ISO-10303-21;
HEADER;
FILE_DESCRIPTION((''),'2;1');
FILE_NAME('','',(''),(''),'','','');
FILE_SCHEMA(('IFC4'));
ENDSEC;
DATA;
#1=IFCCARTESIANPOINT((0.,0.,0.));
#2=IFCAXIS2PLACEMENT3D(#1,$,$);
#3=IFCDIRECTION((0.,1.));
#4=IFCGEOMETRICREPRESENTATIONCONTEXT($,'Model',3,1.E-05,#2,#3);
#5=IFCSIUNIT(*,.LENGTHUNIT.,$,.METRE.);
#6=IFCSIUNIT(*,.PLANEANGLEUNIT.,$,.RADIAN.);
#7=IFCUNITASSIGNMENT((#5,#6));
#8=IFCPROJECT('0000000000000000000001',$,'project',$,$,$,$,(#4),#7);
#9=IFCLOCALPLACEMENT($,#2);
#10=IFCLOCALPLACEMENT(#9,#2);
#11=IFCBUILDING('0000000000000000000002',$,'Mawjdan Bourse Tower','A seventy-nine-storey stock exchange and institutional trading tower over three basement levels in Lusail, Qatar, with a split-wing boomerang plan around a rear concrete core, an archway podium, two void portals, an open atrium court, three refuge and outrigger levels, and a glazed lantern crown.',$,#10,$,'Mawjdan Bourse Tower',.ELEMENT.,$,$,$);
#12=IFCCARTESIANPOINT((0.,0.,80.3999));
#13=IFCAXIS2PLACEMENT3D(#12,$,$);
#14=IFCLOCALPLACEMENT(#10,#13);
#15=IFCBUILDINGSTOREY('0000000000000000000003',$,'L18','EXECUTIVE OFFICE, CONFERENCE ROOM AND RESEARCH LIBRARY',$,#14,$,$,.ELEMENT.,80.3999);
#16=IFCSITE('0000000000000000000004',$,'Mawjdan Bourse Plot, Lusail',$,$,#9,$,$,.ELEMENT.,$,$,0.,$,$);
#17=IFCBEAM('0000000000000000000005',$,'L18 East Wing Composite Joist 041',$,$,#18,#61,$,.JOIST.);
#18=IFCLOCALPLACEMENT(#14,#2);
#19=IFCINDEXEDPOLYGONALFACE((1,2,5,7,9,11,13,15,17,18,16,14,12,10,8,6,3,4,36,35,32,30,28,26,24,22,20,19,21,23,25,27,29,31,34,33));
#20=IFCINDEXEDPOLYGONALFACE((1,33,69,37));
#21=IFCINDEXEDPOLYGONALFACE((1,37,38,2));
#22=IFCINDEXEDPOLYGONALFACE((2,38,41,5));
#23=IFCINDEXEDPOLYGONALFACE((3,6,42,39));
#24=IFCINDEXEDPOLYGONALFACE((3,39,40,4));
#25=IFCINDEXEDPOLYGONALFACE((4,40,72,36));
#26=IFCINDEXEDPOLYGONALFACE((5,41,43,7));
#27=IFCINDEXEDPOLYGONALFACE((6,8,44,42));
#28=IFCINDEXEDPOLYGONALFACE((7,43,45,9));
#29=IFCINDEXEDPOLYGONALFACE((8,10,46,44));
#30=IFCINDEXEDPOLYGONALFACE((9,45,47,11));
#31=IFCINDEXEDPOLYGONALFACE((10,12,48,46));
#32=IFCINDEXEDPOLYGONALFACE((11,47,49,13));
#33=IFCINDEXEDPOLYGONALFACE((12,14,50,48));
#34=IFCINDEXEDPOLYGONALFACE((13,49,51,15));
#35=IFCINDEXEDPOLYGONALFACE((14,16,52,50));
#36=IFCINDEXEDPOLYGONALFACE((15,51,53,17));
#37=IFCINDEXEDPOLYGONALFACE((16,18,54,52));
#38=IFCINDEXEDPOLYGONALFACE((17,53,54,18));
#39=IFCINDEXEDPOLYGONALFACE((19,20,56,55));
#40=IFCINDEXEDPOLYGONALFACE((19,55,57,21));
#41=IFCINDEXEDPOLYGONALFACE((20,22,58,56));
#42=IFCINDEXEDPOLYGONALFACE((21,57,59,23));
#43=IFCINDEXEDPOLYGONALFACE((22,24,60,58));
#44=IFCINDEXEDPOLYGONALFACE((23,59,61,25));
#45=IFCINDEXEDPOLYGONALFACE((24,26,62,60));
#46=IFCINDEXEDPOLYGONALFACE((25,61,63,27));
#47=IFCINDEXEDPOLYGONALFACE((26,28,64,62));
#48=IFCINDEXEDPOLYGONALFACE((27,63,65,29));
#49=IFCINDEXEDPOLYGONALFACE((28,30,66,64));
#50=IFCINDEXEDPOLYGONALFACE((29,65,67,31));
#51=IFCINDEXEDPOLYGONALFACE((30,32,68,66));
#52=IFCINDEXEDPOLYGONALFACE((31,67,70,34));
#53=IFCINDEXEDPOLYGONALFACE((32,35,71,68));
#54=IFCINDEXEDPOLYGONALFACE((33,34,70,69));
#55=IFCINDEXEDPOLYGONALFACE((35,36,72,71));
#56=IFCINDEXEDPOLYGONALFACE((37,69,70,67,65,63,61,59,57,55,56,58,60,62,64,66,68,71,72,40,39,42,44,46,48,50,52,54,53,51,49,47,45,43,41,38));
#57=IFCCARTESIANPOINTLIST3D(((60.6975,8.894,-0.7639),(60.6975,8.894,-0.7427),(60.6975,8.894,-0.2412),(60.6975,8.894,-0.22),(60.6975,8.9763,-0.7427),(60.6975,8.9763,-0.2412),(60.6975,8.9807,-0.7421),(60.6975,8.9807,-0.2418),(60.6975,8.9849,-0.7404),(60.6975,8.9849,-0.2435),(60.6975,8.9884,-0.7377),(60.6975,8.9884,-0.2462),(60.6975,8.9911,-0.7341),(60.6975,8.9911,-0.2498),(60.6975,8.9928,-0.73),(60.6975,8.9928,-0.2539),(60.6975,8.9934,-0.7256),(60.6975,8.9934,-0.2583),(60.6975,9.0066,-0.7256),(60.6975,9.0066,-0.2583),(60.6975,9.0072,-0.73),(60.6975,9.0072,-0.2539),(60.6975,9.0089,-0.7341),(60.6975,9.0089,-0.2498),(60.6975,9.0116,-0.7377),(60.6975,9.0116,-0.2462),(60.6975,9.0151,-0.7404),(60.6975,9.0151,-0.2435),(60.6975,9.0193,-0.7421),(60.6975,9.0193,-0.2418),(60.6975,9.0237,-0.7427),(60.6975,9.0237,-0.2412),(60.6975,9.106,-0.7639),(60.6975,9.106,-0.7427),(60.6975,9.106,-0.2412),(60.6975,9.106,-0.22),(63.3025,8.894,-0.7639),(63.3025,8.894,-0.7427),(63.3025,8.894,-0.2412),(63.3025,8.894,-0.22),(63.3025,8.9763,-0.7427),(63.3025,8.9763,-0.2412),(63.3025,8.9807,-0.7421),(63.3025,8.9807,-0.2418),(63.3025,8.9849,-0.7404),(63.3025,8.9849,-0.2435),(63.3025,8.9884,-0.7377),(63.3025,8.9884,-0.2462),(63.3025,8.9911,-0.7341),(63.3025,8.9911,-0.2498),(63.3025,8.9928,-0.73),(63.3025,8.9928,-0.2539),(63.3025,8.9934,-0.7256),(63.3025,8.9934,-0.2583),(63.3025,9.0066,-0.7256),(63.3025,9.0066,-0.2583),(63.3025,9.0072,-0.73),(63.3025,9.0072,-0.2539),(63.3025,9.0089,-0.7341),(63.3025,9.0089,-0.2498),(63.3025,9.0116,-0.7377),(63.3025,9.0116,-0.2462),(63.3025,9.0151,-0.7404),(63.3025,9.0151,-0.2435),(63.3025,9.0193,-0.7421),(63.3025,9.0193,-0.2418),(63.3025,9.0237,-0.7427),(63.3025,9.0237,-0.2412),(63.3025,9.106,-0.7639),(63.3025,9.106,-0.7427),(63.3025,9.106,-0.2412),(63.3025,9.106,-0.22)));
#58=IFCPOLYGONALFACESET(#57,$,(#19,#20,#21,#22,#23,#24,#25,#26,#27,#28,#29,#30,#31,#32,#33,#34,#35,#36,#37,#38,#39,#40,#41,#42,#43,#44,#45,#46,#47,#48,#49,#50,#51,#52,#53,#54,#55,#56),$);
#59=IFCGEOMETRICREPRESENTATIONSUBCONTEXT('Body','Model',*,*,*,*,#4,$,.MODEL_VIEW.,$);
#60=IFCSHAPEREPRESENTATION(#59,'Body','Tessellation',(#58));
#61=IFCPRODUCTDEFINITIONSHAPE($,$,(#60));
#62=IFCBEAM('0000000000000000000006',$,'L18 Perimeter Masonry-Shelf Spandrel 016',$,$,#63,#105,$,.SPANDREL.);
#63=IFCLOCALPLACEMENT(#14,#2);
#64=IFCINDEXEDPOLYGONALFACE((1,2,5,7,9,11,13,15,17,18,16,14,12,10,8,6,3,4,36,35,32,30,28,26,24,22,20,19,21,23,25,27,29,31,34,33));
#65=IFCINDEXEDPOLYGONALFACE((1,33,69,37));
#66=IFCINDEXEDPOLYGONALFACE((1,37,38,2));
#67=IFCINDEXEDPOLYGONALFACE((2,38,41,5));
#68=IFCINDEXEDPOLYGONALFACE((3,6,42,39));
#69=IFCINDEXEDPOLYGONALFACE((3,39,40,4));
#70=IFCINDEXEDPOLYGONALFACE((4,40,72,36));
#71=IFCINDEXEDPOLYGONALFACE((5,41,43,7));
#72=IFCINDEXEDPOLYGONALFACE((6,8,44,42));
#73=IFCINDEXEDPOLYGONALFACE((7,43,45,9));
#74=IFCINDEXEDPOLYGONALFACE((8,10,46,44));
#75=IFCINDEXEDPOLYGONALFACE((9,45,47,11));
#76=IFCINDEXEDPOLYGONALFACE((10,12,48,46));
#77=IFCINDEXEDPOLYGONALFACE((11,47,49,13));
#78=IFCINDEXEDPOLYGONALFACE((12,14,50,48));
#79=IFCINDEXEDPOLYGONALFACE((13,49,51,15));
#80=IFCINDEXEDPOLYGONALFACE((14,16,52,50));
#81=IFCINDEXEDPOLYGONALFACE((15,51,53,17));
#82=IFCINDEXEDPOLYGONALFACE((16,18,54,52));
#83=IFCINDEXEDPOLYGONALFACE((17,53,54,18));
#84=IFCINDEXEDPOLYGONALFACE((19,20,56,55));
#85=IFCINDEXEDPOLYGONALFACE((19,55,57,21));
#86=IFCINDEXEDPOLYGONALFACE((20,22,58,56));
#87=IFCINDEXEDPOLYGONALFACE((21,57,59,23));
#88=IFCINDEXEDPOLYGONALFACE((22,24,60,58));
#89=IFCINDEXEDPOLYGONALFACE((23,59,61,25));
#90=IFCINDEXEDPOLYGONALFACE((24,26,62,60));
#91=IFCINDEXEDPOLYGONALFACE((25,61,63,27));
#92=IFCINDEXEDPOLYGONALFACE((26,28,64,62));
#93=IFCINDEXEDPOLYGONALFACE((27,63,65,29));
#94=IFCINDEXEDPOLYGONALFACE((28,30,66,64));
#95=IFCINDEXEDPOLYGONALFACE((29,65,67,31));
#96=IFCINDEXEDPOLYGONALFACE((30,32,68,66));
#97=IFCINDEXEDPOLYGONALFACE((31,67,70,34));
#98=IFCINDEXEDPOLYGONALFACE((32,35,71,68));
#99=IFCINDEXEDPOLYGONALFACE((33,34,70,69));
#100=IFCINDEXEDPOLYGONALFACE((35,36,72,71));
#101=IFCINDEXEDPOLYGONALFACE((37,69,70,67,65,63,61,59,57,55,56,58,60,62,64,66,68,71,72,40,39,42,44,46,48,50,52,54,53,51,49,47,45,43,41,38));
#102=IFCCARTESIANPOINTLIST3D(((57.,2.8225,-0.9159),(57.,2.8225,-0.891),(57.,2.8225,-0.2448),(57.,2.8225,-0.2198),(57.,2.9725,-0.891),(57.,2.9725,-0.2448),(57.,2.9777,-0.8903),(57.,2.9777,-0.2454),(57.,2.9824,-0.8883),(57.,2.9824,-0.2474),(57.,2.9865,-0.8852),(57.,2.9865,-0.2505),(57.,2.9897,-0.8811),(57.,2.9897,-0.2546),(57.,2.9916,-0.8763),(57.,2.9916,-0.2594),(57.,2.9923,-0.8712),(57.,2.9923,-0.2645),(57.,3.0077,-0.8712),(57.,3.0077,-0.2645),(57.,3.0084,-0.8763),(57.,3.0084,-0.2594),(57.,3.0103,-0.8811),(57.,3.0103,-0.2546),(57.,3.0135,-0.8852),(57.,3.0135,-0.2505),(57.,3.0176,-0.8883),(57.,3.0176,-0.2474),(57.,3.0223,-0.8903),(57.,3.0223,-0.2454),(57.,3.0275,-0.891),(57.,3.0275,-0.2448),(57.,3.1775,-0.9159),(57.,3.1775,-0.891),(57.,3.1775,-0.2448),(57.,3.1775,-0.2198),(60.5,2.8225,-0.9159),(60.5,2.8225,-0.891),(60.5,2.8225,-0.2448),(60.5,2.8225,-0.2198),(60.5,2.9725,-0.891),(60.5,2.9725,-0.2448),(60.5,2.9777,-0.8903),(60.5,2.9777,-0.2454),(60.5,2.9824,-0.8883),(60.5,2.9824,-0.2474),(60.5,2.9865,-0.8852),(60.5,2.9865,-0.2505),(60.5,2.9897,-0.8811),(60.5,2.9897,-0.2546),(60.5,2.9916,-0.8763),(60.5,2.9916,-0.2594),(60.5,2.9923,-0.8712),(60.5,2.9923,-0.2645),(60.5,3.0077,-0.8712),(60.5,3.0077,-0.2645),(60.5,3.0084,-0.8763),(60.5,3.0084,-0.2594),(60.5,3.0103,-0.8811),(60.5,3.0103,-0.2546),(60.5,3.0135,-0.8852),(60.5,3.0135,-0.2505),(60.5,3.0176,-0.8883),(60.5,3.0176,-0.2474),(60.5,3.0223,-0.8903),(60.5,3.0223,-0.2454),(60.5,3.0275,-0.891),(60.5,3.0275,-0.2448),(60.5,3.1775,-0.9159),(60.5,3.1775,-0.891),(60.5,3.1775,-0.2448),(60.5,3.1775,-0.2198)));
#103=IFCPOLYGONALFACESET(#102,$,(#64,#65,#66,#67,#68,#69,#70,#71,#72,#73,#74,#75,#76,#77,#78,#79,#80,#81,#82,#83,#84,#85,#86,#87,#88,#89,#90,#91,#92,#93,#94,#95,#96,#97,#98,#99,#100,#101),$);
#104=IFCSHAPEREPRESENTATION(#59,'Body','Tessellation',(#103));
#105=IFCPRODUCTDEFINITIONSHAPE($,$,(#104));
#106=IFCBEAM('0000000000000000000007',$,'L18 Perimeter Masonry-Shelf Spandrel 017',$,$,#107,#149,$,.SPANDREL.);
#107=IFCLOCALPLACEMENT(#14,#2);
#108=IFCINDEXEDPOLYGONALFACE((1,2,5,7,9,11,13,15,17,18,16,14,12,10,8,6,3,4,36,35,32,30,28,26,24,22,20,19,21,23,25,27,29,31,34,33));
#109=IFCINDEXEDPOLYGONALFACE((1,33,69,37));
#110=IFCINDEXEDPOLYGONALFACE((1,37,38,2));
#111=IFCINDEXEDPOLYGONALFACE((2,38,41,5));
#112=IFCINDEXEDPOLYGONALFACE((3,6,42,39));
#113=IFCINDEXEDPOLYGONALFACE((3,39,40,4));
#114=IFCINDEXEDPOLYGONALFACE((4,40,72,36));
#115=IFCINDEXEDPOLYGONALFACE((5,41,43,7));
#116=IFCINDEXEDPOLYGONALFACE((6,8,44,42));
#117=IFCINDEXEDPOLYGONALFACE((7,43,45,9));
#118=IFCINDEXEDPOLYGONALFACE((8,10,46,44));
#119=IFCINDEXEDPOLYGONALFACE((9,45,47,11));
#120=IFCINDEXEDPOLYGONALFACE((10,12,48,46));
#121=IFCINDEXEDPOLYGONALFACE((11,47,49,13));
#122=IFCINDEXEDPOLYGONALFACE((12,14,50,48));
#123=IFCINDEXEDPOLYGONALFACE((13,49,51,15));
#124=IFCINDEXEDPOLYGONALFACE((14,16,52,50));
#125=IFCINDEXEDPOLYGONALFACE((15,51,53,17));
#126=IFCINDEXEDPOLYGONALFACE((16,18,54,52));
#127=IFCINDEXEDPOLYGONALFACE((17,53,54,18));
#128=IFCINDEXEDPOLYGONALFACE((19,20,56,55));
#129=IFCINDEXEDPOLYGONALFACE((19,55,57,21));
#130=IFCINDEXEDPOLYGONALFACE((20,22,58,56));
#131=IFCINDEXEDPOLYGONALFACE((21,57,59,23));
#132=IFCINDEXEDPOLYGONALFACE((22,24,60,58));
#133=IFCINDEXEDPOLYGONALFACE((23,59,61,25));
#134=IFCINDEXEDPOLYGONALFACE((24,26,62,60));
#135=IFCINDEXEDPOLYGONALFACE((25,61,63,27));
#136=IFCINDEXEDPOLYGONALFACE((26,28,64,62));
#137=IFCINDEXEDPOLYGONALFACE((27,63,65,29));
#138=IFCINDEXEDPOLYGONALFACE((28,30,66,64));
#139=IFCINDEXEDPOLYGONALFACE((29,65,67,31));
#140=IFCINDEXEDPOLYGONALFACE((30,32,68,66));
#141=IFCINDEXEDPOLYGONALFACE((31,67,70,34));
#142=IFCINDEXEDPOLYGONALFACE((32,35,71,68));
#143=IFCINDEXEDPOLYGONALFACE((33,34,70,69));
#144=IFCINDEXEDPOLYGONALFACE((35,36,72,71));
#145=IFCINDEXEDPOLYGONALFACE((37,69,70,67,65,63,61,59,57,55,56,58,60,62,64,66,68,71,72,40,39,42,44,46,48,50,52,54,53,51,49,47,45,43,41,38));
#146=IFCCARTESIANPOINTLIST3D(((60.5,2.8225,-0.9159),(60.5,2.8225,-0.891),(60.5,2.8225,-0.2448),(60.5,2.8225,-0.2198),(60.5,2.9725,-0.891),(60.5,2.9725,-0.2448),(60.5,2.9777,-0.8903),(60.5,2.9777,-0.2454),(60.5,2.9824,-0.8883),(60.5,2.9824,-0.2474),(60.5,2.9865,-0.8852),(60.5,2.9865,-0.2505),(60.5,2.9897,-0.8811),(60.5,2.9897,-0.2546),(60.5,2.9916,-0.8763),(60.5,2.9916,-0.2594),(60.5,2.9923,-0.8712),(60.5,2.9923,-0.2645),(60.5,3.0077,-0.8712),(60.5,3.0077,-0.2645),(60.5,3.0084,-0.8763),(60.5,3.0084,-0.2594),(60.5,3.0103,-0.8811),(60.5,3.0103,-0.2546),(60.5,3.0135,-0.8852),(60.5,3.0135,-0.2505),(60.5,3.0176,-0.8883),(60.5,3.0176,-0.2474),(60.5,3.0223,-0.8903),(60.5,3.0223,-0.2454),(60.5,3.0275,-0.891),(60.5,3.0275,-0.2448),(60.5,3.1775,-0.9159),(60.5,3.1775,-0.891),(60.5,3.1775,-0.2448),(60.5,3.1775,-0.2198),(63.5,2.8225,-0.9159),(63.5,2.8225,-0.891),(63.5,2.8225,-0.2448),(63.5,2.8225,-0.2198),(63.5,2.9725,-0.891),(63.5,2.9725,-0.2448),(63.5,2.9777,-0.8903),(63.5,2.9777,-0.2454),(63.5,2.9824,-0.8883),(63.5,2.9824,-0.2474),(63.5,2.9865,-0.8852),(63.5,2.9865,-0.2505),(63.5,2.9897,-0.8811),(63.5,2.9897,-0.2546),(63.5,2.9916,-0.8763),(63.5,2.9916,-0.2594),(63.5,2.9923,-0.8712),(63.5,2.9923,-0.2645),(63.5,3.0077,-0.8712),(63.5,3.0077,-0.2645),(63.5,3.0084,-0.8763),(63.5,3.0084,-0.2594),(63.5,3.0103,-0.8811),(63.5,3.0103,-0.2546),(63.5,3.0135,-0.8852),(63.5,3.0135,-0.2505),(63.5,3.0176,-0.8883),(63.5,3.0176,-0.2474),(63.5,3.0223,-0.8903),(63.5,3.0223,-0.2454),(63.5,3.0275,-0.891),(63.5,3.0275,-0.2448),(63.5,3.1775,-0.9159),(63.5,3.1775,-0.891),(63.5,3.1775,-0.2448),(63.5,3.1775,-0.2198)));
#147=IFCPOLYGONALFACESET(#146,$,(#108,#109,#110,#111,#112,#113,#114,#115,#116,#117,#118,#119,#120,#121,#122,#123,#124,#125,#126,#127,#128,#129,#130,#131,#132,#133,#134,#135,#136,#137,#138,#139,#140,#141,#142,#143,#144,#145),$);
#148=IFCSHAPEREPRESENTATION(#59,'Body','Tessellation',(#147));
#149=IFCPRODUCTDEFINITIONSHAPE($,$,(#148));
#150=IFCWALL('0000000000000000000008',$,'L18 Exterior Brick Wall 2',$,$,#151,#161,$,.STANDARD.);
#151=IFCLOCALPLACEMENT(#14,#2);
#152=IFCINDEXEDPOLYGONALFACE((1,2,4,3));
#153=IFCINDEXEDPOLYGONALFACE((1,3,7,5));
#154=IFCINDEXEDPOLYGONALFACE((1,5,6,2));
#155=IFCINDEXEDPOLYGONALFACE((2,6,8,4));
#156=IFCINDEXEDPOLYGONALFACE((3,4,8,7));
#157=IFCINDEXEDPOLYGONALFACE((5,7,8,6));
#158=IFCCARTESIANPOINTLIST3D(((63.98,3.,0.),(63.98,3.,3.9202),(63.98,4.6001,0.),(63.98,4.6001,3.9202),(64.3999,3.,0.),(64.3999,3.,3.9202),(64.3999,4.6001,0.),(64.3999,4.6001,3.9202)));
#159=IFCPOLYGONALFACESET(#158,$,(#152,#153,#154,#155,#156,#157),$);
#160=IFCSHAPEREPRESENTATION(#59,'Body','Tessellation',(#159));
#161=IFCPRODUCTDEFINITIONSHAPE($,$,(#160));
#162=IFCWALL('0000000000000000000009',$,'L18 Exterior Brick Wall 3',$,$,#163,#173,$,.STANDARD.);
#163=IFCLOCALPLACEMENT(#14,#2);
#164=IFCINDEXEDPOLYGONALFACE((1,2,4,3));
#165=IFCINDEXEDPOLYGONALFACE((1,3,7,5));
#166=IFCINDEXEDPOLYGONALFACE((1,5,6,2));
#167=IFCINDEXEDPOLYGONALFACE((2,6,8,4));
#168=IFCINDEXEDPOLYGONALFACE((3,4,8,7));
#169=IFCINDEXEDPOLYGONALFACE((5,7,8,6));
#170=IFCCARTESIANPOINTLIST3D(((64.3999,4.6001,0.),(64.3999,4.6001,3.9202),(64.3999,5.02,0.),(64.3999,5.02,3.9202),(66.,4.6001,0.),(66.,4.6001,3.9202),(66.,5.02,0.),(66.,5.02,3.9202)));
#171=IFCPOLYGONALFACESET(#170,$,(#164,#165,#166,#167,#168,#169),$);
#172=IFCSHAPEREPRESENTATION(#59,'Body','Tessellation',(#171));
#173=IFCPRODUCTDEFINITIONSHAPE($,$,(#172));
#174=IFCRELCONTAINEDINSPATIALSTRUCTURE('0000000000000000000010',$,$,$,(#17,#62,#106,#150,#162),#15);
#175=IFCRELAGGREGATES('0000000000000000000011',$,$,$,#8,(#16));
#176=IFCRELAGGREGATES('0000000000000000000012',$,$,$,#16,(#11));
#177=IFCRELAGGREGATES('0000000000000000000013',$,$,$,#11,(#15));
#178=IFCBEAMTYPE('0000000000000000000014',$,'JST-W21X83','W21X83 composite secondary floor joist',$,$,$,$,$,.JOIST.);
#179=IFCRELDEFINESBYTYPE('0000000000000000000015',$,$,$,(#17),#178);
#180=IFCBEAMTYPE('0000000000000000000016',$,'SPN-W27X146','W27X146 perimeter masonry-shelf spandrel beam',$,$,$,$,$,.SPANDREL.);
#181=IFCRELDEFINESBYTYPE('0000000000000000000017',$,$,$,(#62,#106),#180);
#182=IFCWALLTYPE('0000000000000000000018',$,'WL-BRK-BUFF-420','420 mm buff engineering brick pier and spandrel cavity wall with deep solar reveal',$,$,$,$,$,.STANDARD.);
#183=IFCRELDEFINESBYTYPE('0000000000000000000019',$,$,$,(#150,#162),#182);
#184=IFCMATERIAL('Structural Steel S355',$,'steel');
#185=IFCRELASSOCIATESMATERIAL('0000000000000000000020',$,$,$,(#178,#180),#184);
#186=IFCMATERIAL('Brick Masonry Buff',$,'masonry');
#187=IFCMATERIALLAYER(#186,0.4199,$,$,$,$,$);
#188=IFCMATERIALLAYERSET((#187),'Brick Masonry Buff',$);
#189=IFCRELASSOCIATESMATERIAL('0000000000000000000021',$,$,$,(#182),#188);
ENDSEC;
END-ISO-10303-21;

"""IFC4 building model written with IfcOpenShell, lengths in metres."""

from ifc_helpers import new_model, si_unit, direction, frame, frame_2d, origin, origin_2d, place, context, subcontext, project, spatial, rectangle, i_section, extrude, material, layer, layer_set, material_profile, profile_set, type_object, element, save


model = new_model("IFC4")

# Units and contexts
model_context = context("Model", 3, precision=1e-05, world=origin(), true_north=direction((0.0, 1.0)))
body_context = subcontext(model_context, "Body", "Model", "MODEL_VIEW")
ifc_project = project(units=[si_unit("LENGTHUNIT", "METRE"), si_unit("PLANEANGLEUNIT", "RADIAN")], contexts=[model_context])

# Site, building, storey
site_placement = place(None, origin())
site = spatial("IfcSite", under=ifc_project, at=site_placement, Name="Mawjdan Bourse Plot, Lusail", CompositionType="ELEMENT", RefElevation=0.0)
building_placement = place(site_placement, origin())
building = spatial("IfcBuilding", under=site, at=building_placement, Name="Mawjdan Bourse Tower", Description="A seventy-nine-storey stock exchange and institutional trading tower over three basement levels in Lusail, Qatar, with a split-wing boomerang plan around a rear concrete core, an archway podium, two void portals, an open atrium court, three refuge and outrigger levels, and a glazed lantern crown.", LongName="Mawjdan Bourse Tower", CompositionType="ELEMENT")
storey_placement = place(building_placement, frame((0.0, 0.0, 80.3999)))
storey = spatial("IfcBuildingStorey", under=building, at=storey_placement, Name="L18", Description="EXECUTIVE OFFICE, CONFERENCE ROOM AND RESEARCH LIBRARY", CompositionType="ELEMENT", Elevation=80.3999)

# Beams
ifc_material_1 = material(Name="Structural Steel S355", Category="steel")
ifc_material_profile_1 = material_profile(ifc_material_1, i_section(OverallWidth=0.2119, OverallDepth=0.5439, WebThickness=0.0132, FlangeThickness=0.0212, FilletRadius=0.0171, at=origin_2d()), Name="W21X83")
ifc_profile_set_1 = profile_set([ifc_material_profile_1], Name="Structural Steel S355")
beam_type_1 = type_object("IfcBeamType", Name="JST-W21X83", Description="W21X83 composite secondary floor joist", PredefinedType="JOIST", material=ifc_profile_set_1)
beam_1_placement = place(storey_placement, frame((60.6975, 9.0, -0.4919), z_axis=(1.0, 0.0, 0.0), x_axis=(0.0, 1.0, 0.0)))
element("IfcBeam", 1, at=beam_1_placement, inside=storey, type_object=beam_type_1, Name="L18 East Wing Composite Joist 041", PredefinedType="JOIST", context=body_context, shape_type="SweptSolid", body=[
    extrude(i_section(OverallWidth=0.2119, OverallDepth=0.5439, WebThickness=0.0132, FlangeThickness=0.0212, FilletRadius=0.0171, at=origin_2d()), origin(), (0.0, 0.0, 1.0), 2.605),
])
ifc_material_profile_2 = material_profile(ifc_material_1, i_section(OverallWidth=0.355, OverallDepth=0.696, WebThickness=0.0154, FlangeThickness=0.0249, FilletRadius=0.0198, at=origin_2d()), Name="W27X146")
ifc_profile_set_2 = profile_set([ifc_material_profile_2], Name="Structural Steel S355")
beam_type_2 = type_object("IfcBeamType", Name="SPN-W27X146", Description="W27X146 perimeter masonry-shelf spandrel beam", PredefinedType="SPANDREL", material=ifc_profile_set_2)
beam_2_placement = place(storey_placement, frame((57.0, 3.0, -0.5679), z_axis=(1.0, 0.0, 0.0), x_axis=(0.0, 1.0, 0.0)))
element("IfcBeam", 2, at=beam_2_placement, inside=storey, type_object=beam_type_2, Name="L18 Perimeter Masonry-Shelf Spandrel 016", PredefinedType="SPANDREL", context=body_context, shape_type="SweptSolid", body=[
    extrude(i_section(OverallWidth=0.355, OverallDepth=0.696, WebThickness=0.0154, FlangeThickness=0.0249, FilletRadius=0.0198, at=origin_2d()), origin(), (0.0, 0.0, 1.0), 3.5),
])
beam_3_placement = place(storey_placement, frame((60.5, 3.0, -0.5679), z_axis=(1.0, 0.0, 0.0), x_axis=(0.0, 1.0, 0.0)))
element("IfcBeam", 3, at=beam_3_placement, inside=storey, type_object=beam_type_2, Name="L18 Perimeter Masonry-Shelf Spandrel 017", PredefinedType="SPANDREL", context=body_context, shape_type="SweptSolid", body=[
    extrude(i_section(OverallWidth=0.355, OverallDepth=0.696, WebThickness=0.0154, FlangeThickness=0.0249, FilletRadius=0.0198, at=origin_2d()), origin(), (0.0, 0.0, 1.0), 3.0),
])

# Walls
ifc_material_2 = material(Name="Brick Masonry Buff", Category="masonry")
ifc_layer_1 = layer(ifc_material_2, 0.4199)
ifc_layer_set_1 = layer_set([ifc_layer_1], Name="Brick Masonry Buff")
wall_type_1 = type_object("IfcWallType", Name="WL-BRK-BUFF-420", Description="420 mm buff engineering brick pier and spandrel cavity wall with deep solar reveal", PredefinedType="STANDARD", material=ifc_layer_set_1)
for number, where, z_axis, x_axis, name in (
    (4, (64.1899, 3.0, 0.0), (0.0, 0.0, 1.0), (0.0, 1.0, 0.0), "L18 Exterior Brick Wall 2"),
    (5, (64.3999, 4.8101, 0.0), (0.0, 0.0, 1.0), (1.0, 0.0, 0.0), "L18 Exterior Brick Wall 3"),
):
    element("IfcWall", number, at=place(storey_placement, frame(where, z_axis=z_axis, x_axis=x_axis)), inside=storey, type_object=wall_type_1, Name=name, PredefinedType="STANDARD", context=body_context, shape_type="SweptSolid", body=[
        extrude(rectangle(XDim=1.6001, YDim=0.4199, at=frame_2d((0.8, 0.0))), origin(), (0.0, 0.0, 1.0), 3.9202),
    ])

save(model, "model.ifc")
